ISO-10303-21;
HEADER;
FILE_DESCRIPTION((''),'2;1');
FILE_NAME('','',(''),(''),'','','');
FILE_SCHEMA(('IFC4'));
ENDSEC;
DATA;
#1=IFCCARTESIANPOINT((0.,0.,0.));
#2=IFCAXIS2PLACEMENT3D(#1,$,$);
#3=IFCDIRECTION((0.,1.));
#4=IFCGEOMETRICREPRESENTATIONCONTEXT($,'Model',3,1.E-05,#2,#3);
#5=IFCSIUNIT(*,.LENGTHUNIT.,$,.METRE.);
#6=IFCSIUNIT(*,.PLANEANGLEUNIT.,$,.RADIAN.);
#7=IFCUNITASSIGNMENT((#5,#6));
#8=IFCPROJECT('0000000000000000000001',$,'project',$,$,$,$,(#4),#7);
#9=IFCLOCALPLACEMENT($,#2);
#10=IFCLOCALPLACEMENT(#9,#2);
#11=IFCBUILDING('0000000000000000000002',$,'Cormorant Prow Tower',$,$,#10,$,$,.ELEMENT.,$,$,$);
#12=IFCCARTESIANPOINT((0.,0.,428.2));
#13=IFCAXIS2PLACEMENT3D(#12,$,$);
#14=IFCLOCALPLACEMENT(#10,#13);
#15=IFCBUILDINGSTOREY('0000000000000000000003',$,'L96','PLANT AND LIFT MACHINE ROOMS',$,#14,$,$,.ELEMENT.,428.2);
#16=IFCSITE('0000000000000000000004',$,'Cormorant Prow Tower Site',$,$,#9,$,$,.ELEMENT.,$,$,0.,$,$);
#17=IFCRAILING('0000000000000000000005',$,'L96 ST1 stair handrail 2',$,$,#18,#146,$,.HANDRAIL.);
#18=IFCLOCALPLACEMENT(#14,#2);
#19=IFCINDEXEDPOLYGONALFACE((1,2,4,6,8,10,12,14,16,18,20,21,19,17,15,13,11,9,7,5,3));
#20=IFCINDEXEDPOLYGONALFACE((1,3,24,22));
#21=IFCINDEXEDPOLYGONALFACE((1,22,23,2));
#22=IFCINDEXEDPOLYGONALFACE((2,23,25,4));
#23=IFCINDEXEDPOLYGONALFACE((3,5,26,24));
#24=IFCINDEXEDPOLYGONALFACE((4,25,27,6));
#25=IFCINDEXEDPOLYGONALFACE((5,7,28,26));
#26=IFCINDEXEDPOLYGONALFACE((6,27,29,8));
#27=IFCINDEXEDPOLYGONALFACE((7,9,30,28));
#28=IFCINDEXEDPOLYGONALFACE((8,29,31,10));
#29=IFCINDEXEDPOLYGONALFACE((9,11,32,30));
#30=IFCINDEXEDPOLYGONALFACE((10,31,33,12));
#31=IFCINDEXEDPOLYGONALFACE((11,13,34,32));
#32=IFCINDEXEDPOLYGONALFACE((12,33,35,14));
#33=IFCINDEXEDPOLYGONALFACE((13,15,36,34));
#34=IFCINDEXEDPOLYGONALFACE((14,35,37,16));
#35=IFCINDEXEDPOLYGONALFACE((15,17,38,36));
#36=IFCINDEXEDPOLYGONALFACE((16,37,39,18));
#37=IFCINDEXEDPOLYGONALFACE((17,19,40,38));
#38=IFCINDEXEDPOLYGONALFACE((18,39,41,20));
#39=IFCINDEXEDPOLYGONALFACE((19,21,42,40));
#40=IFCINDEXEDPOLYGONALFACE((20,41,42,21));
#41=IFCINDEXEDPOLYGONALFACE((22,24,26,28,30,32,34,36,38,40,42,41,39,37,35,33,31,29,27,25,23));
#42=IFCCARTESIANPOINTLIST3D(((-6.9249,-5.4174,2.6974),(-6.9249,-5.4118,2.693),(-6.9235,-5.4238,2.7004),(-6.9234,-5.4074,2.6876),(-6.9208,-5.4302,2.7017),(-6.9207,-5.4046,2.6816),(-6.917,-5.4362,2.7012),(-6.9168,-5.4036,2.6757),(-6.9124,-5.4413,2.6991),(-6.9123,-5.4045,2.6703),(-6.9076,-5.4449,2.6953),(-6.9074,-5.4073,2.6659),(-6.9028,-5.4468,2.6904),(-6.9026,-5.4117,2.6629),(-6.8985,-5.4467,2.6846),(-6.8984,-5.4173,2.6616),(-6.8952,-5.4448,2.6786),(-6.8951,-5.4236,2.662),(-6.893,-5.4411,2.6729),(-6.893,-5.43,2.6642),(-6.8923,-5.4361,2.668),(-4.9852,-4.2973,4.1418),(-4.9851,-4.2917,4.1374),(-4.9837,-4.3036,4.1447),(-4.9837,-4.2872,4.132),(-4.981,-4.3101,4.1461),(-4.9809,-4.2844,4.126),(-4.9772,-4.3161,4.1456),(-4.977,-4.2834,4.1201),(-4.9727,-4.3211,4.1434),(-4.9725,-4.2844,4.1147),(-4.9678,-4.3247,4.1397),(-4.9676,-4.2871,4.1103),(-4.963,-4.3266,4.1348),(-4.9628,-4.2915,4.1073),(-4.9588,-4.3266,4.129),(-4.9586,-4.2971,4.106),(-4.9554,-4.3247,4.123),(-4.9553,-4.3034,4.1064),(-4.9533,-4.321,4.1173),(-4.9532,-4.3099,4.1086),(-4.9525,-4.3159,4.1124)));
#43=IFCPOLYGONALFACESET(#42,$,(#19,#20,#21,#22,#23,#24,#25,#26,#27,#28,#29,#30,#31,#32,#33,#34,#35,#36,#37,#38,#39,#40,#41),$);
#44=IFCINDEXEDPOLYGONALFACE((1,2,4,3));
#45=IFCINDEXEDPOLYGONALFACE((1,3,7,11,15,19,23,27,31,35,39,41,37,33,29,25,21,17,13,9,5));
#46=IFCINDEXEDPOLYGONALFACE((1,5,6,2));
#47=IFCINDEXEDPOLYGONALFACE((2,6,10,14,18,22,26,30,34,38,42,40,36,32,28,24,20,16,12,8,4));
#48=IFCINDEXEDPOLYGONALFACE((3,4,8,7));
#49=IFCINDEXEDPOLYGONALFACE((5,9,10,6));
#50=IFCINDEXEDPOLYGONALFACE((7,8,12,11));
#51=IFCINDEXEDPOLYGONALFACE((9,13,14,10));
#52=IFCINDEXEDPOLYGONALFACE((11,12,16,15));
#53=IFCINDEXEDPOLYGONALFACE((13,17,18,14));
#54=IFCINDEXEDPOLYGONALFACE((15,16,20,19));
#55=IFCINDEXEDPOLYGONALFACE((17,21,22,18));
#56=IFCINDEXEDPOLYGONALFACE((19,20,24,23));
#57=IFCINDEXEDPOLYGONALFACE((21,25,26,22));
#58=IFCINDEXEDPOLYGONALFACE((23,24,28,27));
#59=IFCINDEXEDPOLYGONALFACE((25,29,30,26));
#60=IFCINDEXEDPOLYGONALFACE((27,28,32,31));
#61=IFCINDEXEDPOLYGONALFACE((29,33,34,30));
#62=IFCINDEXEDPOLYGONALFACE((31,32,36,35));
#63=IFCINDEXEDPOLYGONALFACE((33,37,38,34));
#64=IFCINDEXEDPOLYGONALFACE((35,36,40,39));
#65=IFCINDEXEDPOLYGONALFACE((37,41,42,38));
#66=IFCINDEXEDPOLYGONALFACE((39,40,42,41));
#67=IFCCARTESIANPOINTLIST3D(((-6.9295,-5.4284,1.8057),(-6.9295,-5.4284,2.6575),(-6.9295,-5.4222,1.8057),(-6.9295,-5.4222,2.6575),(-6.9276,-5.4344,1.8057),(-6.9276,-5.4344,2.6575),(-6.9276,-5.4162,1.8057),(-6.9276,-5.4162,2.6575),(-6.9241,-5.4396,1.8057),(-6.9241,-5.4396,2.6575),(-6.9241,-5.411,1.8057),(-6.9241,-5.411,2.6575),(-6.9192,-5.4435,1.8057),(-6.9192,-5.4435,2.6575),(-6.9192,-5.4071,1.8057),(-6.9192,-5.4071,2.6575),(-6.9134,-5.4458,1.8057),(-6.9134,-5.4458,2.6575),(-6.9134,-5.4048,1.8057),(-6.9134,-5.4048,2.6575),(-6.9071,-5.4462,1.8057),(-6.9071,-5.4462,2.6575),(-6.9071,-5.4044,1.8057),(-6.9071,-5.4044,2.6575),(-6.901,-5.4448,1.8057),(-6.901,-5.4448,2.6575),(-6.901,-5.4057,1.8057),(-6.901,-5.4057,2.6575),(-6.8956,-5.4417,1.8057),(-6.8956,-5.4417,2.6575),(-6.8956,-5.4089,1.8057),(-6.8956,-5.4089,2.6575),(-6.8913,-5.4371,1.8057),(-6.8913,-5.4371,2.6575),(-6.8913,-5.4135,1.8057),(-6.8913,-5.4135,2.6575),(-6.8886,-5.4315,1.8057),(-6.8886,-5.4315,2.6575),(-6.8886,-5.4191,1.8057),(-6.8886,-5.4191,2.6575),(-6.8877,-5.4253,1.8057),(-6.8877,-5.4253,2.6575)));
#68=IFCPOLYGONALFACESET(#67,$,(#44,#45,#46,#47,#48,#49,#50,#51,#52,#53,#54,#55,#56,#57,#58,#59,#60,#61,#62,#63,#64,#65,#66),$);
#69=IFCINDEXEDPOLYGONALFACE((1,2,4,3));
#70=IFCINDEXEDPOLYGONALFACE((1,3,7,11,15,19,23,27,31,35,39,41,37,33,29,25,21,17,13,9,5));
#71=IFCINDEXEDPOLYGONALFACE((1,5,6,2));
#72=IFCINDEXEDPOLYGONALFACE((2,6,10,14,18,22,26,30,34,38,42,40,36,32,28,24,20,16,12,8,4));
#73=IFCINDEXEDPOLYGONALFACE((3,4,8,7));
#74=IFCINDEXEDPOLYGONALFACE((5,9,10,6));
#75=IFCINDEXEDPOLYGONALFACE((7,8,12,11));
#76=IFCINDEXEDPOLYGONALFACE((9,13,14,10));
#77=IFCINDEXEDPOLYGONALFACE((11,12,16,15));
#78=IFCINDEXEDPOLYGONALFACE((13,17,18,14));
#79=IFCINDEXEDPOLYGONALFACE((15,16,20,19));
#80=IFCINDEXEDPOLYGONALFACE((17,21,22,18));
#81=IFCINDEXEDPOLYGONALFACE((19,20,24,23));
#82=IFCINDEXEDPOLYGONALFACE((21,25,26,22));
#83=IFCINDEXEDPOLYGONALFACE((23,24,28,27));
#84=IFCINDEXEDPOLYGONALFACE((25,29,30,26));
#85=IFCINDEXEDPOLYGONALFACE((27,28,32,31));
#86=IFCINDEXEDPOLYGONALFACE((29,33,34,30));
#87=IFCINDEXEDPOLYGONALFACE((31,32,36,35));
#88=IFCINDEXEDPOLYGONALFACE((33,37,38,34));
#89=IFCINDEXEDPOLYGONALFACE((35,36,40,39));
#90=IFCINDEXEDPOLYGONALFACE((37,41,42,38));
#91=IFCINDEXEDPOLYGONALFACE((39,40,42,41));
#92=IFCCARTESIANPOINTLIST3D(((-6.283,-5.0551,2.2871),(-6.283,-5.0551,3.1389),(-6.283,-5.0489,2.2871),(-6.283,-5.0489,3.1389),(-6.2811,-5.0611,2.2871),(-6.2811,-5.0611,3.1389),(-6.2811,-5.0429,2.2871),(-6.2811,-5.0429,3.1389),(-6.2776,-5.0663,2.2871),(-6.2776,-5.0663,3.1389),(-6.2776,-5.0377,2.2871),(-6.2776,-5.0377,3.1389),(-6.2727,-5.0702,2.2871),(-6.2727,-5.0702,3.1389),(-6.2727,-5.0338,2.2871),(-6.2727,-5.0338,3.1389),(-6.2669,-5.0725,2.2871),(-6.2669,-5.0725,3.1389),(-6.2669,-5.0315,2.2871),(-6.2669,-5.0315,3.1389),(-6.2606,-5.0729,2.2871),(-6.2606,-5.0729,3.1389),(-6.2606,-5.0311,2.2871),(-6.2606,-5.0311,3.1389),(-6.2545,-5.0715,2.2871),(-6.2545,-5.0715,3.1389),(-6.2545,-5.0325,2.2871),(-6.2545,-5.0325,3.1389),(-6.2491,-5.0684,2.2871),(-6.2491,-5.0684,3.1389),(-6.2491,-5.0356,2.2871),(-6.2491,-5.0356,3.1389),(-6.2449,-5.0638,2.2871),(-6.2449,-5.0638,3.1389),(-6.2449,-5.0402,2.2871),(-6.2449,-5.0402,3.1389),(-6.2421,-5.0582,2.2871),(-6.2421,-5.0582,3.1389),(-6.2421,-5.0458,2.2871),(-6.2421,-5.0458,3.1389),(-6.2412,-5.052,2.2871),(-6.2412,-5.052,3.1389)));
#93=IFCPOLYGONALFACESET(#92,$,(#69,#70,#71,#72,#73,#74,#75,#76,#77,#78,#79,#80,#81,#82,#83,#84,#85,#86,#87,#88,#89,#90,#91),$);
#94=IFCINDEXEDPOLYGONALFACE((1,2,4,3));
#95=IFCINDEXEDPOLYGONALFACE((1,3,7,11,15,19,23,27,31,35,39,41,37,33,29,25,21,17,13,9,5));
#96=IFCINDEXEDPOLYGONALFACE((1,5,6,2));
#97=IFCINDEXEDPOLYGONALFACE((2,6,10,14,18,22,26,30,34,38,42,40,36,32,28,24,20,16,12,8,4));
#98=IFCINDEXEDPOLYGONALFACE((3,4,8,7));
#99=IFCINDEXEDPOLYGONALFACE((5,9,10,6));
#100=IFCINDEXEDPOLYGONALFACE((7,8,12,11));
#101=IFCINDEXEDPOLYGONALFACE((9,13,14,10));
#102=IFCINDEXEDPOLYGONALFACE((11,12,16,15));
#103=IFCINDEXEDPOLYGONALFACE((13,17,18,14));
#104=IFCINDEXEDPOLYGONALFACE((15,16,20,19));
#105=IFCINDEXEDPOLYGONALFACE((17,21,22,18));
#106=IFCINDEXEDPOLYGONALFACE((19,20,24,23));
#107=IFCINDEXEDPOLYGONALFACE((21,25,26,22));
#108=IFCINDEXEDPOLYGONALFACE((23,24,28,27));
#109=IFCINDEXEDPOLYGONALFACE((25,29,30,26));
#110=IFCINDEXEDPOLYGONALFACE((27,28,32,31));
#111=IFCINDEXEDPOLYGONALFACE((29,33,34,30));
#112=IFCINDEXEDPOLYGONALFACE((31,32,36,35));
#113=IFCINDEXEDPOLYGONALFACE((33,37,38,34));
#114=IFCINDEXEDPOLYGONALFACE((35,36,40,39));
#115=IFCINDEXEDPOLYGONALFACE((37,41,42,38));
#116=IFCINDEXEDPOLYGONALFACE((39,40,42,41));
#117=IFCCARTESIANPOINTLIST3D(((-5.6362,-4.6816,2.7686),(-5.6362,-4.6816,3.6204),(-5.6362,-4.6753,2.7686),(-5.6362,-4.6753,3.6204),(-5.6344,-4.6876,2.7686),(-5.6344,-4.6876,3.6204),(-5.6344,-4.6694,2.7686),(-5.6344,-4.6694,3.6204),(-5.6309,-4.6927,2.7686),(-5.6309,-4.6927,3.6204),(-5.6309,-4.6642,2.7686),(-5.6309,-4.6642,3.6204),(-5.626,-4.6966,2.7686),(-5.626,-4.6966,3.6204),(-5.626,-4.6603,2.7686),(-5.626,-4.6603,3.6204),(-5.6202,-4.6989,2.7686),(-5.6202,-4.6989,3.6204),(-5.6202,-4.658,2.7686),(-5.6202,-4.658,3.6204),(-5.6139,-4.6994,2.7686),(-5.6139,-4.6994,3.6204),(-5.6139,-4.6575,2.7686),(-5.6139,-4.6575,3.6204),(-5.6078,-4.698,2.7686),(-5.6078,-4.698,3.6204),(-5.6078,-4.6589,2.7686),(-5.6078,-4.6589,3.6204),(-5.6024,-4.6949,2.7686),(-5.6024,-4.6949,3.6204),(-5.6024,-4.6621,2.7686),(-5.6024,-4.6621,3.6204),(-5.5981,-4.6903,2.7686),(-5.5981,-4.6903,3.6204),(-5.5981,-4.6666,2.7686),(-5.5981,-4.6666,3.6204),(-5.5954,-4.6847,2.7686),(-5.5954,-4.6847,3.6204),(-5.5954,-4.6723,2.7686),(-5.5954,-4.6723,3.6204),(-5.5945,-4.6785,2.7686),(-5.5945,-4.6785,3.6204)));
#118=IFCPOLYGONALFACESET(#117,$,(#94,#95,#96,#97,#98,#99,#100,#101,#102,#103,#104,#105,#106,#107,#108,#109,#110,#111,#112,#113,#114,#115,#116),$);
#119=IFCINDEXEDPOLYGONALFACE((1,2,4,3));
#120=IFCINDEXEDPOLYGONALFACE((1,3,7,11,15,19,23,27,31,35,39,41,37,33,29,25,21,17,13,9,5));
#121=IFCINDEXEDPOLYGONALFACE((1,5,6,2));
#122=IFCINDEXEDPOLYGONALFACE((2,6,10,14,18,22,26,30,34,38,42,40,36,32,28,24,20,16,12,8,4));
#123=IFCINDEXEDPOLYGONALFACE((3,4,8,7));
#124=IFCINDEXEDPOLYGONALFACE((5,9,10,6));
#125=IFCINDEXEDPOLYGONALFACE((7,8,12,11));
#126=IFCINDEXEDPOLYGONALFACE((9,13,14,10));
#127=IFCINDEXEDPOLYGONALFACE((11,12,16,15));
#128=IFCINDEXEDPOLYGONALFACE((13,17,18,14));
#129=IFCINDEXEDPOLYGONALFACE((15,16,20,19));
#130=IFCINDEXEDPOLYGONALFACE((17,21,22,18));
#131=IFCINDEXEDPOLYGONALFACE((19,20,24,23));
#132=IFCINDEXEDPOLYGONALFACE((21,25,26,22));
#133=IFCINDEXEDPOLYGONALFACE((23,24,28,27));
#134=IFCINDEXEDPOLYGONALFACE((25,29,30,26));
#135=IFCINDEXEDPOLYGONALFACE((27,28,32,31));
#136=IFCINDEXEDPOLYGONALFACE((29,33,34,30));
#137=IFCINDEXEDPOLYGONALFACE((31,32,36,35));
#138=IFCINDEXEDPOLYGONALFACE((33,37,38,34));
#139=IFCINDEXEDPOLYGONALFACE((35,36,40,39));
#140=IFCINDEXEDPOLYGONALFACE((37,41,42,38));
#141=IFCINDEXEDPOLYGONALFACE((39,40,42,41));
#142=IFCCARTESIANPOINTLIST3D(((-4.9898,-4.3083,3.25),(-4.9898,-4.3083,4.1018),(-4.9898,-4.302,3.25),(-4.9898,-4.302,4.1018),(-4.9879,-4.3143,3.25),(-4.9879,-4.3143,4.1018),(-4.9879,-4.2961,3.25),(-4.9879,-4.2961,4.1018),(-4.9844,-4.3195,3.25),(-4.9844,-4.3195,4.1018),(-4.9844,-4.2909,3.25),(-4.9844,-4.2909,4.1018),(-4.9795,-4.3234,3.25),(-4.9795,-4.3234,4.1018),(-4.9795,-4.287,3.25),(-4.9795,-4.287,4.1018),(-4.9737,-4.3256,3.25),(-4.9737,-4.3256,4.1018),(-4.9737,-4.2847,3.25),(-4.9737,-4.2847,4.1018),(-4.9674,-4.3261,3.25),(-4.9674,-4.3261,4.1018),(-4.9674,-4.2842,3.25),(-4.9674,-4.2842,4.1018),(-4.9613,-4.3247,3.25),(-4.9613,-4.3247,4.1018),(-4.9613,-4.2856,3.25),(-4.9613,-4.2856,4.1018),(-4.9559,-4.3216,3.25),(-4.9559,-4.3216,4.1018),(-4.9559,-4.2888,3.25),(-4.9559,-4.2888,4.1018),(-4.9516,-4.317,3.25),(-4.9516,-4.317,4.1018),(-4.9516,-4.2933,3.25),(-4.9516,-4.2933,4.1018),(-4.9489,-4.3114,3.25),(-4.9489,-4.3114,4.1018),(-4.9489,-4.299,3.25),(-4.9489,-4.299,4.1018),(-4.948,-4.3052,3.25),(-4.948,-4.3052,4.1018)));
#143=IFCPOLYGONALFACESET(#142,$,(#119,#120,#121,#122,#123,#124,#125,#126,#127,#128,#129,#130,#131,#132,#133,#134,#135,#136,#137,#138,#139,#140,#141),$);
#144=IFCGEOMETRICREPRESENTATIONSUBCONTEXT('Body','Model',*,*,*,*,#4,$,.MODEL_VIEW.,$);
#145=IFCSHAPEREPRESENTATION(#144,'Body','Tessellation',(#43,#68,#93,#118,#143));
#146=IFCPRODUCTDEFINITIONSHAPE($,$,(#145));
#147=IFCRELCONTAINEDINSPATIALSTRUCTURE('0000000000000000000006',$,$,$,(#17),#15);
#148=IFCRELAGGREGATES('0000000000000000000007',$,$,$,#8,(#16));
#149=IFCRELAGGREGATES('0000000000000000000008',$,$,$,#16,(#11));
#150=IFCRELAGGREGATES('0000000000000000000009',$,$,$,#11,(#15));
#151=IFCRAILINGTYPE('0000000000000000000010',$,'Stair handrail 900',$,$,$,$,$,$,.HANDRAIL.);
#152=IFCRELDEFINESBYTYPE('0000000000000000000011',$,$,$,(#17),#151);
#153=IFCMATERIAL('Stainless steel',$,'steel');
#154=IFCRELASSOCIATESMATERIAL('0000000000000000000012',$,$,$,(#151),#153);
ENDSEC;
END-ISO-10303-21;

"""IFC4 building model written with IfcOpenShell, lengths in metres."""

from ifc_helpers import new_model, si_unit, direction, frame, origin, origin_2d, place, context, subcontext, project, spatial, circle, extrude, material, type_object, element, save


model = new_model("IFC4")

# Units and contexts
model_context = context("Model", 3, precision=1e-05, world=origin(), true_north=direction((0.0, 1.0)))
body_context = subcontext(model_context, "Body", "Model", "MODEL_VIEW")
ifc_project = project(units=[si_unit("LENGTHUNIT", "METRE"), si_unit("PLANEANGLEUNIT", "RADIAN")], contexts=[model_context])

# Site, building, storey
site_placement = place(None, origin())
site = spatial("IfcSite", under=ifc_project, at=site_placement, Name="Cormorant Prow Tower Site", CompositionType="ELEMENT", RefElevation=0.0)
building_placement = place(site_placement, origin())
building = spatial("IfcBuilding", under=site, at=building_placement, Name="Cormorant Prow Tower", CompositionType="ELEMENT")
storey_placement = place(building_placement, frame((0.0, 0.0, 428.2)))
storey = spatial("IfcBuildingStorey", under=building, at=storey_placement, Name="L96", Description="PLANT AND LIFT MACHINE ROOMS", CompositionType="ELEMENT", Elevation=428.2)

# Railing
ifc_material_1 = material(Name="Stainless steel", Category="steel")
railing_type_1 = type_object("IfcRailingType", Name="Stair handrail 900", PredefinedType="HANDRAIL", material=ifc_material_1)
railing_1_placement = place(storey_placement, frame((-6.9087, -5.4253, 1.8057)))
element("IfcRailing", 1, at=railing_1_placement, inside=storey, type_object=railing_type_1, Name="L96 ST1 stair handrail 2", PredefinedType="HANDRAIL", context=body_context, shape_type="SweptSolid", body=[
    extrude(circle(Radius=0.0239, at=origin_2d()), frame((0.0, 0.0, 0.876), z_axis=(0.727792, 0.420278, 0.541928), x_axis=(-0.500078, 0.86598, 0.0)), (0.0, 0.0, 1.0), 2.6653),
    extrude(circle(Radius=0.021, at=origin_2d()), origin(), (0.0, 0.0, 1.0), 0.8518),
    extrude(circle(Radius=0.021, at=origin_2d()), frame((0.6465, 0.3733, 0.4814)), (0.0, 0.0, 1.0), 0.8518),
    extrude(circle(Radius=0.021, at=origin_2d()), frame((1.2932, 0.7468, 0.9629)), (0.0, 0.0, 1.0), 0.8518),
    extrude(circle(Radius=0.021, at=origin_2d()), frame((1.9397, 1.1201, 1.4443)), (0.0, 0.0, 1.0), 0.8518),
])

save(model, "model.ifc")
